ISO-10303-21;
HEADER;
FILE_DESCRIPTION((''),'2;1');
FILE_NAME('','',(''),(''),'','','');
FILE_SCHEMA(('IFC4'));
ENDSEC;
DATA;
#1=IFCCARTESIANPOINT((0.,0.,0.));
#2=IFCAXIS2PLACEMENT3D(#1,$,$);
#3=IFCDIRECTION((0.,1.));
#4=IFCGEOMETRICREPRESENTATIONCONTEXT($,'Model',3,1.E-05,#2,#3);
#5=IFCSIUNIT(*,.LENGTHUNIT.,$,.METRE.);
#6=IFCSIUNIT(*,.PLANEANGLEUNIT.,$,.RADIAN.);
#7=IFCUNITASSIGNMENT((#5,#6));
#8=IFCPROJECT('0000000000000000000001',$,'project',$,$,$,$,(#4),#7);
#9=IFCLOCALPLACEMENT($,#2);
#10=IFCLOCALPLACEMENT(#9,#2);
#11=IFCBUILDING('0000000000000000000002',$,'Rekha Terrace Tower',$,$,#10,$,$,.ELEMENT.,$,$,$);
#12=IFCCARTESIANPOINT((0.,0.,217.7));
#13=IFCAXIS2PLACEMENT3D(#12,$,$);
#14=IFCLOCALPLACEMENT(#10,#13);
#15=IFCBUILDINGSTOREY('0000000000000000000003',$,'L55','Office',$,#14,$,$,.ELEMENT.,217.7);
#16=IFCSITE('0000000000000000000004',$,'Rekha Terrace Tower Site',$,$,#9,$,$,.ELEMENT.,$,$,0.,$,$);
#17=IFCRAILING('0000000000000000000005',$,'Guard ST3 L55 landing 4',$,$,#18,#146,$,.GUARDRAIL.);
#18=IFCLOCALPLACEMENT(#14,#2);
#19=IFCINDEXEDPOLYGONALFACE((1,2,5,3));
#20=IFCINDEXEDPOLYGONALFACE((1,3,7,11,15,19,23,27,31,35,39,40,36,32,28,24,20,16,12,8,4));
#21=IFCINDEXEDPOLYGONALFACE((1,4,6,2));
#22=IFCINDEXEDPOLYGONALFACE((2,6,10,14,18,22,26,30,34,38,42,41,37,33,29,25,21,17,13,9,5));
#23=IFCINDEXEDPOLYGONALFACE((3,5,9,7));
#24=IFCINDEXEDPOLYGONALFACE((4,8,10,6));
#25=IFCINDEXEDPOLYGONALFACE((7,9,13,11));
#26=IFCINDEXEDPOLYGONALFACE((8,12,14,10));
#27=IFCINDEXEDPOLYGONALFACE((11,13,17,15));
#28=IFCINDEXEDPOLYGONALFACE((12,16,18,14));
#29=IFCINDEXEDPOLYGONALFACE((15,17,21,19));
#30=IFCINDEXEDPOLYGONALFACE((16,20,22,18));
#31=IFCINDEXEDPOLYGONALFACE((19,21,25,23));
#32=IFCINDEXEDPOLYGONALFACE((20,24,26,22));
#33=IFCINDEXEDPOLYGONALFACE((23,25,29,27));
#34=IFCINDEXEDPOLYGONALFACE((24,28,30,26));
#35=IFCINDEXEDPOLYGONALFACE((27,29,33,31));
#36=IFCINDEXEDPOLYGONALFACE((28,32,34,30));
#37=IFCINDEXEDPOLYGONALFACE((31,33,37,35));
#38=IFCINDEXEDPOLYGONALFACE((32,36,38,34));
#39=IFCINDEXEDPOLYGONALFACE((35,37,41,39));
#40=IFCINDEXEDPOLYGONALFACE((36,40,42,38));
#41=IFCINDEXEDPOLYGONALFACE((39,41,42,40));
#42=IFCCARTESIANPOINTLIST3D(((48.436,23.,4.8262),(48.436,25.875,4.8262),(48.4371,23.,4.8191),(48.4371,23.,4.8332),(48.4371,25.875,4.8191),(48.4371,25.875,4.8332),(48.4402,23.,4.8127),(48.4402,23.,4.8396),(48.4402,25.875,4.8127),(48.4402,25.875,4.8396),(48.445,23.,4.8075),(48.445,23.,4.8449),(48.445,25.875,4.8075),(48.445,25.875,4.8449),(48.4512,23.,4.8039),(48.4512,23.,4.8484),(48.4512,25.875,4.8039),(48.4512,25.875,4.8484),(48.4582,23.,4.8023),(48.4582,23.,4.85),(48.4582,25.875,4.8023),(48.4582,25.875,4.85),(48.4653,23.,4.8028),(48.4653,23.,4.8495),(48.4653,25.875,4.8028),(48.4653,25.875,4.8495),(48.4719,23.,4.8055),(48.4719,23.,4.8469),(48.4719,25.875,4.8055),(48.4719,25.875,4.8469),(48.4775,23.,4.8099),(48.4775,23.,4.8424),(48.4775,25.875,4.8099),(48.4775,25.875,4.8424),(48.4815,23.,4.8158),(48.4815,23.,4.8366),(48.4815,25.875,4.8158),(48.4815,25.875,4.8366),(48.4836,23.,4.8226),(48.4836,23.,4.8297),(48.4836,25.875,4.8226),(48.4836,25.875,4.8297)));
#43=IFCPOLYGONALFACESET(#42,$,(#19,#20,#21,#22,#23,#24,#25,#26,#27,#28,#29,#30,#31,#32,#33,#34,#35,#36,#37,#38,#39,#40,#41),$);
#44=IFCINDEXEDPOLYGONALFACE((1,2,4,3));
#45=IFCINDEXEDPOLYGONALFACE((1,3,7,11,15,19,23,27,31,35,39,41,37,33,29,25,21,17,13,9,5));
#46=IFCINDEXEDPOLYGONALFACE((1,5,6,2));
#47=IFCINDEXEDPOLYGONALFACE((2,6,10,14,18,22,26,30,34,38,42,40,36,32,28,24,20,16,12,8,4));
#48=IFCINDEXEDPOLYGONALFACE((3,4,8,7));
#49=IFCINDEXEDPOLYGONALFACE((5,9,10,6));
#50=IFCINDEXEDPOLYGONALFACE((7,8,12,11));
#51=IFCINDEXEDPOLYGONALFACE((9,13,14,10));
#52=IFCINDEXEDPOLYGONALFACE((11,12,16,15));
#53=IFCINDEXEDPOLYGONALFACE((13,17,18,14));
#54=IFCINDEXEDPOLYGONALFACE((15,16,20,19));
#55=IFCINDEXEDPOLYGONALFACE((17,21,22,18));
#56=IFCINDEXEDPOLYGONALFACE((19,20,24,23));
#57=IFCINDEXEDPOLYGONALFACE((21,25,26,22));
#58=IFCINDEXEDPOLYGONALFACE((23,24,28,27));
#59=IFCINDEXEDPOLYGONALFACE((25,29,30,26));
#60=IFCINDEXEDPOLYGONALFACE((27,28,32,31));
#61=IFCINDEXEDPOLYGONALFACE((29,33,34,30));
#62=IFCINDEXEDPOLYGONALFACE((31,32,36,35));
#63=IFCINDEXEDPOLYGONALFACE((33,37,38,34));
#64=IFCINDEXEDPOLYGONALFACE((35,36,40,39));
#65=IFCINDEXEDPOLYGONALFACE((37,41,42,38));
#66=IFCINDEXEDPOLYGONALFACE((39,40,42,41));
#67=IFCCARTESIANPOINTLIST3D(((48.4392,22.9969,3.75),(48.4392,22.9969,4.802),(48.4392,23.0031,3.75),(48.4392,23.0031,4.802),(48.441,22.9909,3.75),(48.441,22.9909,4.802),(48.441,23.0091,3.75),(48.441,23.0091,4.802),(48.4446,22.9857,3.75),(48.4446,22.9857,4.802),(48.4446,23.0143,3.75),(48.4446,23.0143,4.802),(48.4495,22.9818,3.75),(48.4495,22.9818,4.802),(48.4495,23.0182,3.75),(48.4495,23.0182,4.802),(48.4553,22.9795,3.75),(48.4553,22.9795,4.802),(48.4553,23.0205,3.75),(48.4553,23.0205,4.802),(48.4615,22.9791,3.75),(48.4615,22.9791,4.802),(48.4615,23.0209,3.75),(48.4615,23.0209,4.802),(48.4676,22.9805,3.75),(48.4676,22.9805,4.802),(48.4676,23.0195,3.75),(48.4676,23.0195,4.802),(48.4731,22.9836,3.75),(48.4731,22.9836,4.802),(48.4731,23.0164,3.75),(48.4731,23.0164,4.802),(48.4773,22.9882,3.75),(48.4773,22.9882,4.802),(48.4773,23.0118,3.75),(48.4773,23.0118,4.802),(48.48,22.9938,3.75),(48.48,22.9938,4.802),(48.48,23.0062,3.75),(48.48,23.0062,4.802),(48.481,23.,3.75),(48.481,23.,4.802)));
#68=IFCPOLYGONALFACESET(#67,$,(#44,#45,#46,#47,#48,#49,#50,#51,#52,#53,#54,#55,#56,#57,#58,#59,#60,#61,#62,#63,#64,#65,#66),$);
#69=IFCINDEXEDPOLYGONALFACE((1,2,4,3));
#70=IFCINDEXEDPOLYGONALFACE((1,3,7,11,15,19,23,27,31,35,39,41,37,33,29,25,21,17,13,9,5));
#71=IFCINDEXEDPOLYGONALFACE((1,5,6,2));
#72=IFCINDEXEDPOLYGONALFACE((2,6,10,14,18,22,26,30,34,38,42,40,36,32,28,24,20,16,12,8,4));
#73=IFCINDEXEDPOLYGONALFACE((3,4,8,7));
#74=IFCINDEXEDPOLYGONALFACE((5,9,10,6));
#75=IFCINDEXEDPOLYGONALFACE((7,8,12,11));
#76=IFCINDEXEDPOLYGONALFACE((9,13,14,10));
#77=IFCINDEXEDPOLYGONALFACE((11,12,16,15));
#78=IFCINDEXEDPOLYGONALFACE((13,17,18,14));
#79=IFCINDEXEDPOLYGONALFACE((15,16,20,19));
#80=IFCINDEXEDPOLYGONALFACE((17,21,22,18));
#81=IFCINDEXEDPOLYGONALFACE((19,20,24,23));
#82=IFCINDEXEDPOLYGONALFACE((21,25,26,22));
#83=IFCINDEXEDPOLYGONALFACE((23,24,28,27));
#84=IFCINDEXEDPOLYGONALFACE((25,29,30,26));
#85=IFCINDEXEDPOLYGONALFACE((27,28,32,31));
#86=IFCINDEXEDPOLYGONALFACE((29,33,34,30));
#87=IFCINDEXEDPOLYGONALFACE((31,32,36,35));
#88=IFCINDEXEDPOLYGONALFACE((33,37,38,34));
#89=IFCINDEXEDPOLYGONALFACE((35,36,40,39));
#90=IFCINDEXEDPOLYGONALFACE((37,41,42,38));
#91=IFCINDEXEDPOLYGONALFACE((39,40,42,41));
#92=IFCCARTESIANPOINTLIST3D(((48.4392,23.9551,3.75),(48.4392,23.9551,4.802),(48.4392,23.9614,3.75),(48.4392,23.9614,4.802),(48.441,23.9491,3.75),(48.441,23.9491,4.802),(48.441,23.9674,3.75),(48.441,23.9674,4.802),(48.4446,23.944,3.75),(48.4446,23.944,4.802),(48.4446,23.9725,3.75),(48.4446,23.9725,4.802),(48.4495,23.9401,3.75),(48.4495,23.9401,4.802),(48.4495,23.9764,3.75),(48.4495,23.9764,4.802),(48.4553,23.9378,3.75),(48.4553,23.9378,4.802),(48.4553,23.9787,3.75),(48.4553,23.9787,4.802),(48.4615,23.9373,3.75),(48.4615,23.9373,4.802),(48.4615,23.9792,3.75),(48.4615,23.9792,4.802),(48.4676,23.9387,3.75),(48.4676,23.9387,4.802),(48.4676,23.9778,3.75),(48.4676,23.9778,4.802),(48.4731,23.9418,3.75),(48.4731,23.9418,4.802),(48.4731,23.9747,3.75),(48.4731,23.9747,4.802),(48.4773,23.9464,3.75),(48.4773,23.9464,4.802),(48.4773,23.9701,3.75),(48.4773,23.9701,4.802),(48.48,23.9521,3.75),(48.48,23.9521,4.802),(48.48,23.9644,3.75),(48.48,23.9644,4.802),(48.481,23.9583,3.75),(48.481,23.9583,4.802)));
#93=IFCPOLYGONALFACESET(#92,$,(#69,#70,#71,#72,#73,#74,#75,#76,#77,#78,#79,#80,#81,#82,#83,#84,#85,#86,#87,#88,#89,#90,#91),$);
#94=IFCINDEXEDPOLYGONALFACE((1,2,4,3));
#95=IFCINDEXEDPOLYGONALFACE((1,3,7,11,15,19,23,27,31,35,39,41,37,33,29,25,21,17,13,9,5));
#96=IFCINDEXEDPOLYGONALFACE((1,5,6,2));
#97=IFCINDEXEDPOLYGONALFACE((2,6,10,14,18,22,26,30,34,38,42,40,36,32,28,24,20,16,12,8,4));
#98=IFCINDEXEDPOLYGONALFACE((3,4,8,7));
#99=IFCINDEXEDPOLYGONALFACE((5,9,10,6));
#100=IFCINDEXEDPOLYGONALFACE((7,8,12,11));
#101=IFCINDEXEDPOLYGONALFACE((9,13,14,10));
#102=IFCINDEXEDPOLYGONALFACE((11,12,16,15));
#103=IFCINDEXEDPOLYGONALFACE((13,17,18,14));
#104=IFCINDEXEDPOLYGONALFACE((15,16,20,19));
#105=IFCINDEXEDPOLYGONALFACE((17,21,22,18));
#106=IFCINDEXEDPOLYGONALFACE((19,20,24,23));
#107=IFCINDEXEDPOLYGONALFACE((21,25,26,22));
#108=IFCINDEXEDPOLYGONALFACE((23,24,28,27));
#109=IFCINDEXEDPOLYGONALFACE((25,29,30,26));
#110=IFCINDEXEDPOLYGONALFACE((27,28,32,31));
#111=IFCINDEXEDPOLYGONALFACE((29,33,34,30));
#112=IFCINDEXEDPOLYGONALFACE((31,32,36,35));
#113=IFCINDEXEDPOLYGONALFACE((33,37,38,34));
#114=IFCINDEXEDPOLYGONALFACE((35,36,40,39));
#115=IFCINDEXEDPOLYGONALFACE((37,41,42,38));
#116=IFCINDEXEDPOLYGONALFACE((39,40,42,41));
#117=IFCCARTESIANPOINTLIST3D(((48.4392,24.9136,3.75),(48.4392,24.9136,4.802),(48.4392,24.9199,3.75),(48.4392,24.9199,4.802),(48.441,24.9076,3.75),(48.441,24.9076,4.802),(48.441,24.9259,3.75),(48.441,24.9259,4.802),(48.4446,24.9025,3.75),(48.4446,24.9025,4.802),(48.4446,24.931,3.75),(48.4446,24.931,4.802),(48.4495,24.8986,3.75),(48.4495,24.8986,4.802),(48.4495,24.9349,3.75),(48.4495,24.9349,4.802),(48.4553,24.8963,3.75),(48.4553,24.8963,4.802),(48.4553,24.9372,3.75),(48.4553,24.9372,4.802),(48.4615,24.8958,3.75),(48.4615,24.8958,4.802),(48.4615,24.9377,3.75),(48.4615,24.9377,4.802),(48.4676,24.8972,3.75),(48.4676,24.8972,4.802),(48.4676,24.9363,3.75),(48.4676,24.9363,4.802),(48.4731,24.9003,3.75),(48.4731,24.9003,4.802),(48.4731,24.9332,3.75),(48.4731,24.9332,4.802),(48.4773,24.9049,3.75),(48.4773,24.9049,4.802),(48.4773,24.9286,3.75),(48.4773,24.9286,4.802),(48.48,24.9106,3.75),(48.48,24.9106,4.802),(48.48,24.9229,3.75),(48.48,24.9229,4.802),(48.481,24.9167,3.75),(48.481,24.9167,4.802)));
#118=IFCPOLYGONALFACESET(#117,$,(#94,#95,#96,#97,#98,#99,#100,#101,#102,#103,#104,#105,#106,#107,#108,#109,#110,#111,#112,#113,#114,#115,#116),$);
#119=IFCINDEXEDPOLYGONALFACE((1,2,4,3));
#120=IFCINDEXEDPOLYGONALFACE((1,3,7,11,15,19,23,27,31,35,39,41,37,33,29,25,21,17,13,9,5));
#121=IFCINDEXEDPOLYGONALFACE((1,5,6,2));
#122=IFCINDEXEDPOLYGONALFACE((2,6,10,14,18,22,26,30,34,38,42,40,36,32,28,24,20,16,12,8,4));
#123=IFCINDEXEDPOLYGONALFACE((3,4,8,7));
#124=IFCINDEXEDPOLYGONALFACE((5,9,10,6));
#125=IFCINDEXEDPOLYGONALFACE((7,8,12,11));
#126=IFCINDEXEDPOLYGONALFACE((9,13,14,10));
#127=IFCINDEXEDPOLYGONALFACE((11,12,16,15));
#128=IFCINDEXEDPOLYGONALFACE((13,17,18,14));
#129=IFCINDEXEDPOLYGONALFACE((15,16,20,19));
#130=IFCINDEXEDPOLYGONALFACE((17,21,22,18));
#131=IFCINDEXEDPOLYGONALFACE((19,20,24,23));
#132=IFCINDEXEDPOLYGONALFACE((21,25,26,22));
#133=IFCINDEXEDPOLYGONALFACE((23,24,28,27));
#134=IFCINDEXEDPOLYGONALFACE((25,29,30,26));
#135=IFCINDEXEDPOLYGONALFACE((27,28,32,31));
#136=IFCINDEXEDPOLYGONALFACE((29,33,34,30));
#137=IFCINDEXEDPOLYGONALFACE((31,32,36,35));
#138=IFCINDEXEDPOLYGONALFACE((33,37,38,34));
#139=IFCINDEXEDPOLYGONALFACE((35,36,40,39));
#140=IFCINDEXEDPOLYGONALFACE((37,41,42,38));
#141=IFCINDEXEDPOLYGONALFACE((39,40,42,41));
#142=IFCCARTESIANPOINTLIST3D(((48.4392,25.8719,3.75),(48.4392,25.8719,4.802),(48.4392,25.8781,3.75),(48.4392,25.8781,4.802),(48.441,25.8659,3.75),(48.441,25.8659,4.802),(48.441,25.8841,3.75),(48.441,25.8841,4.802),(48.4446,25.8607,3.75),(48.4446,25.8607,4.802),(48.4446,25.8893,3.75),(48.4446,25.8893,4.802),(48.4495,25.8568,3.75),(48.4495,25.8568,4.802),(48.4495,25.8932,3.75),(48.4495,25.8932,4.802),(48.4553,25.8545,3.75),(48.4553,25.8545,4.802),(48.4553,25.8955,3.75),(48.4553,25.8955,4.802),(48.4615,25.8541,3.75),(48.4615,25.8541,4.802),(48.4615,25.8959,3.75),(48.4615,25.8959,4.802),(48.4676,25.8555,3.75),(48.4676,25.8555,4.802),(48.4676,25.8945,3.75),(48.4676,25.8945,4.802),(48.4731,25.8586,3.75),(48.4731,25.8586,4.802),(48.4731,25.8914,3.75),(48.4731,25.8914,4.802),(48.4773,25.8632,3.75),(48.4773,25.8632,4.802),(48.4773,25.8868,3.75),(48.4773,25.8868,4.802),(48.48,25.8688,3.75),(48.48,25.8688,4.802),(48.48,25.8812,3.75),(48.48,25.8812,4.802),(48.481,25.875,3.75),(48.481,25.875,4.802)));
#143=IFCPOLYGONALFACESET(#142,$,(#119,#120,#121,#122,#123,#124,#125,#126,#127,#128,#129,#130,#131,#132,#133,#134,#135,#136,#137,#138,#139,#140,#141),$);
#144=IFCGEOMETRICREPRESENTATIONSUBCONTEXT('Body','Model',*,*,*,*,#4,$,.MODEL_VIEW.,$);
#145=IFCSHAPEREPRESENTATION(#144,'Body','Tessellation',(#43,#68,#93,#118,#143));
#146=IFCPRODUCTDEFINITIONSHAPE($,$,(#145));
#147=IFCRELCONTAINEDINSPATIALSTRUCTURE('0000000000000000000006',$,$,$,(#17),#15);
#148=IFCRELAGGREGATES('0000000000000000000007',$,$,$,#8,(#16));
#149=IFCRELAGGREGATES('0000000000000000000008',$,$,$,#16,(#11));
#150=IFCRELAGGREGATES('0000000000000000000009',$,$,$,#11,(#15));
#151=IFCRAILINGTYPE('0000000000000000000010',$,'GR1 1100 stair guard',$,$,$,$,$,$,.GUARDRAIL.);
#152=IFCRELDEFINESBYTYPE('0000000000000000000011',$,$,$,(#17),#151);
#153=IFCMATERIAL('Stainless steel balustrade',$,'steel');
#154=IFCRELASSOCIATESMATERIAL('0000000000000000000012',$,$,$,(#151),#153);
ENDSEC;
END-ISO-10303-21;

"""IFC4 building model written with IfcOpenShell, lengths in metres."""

from ifc_helpers import new_model, si_unit, direction, frame, origin, origin_2d, place, context, subcontext, project, spatial, circle, extrude, material, type_object, element, save


model = new_model("IFC4")

# Units and contexts
model_context = context("Model", 3, precision=1e-05, world=origin(), true_north=direction((0.0, 1.0)))
body_context = subcontext(model_context, "Body", "Model", "MODEL_VIEW")
ifc_project = project(units=[si_unit("LENGTHUNIT", "METRE"), si_unit("PLANEANGLEUNIT", "RADIAN")], contexts=[model_context])

# Site, building, storey
site_placement = place(None, origin())
site = spatial("IfcSite", under=ifc_project, at=site_placement, Name="Rekha Terrace Tower Site", CompositionType="ELEMENT", RefElevation=0.0)
building_placement = place(site_placement, origin())
building = spatial("IfcBuilding", under=site, at=building_placement, Name="Rekha Terrace Tower", CompositionType="ELEMENT")
storey_placement = place(building_placement, frame((0.0, 0.0, 217.7)))
storey = spatial("IfcBuildingStorey", under=building, at=storey_placement, Name="L55", Description="Office", CompositionType="ELEMENT", Elevation=217.7)

# Railing
ifc_material_1 = material(Name="Stainless steel balustrade", Category="steel")
railing_type_1 = type_object("IfcRailingType", Name="GR1 1100 stair guard", PredefinedType="GUARDRAIL", material=ifc_material_1)
railing_1_placement = place(storey_placement, frame((48.46, 23.0, 3.75)))
element("IfcRailing", 1, at=railing_1_placement, inside=storey, type_object=railing_type_1, Name="Guard ST3 L55 landing 4", PredefinedType="GUARDRAIL", context=body_context, shape_type="SweptSolid", body=[
    extrude(circle(Radius=0.0239, at=origin_2d()), frame((0.0, 0.0, 1.0762), z_axis=(0.0, 1.0, 0.0), x_axis=(-1.0, 0.0, 0.0)), (0.0, 0.0, 1.0), 2.875),
    extrude(circle(Radius=0.021, at=origin_2d()), origin(), (0.0, 0.0, 1.0), 1.052),
    extrude(circle(Radius=0.021, at=origin_2d()), frame((0.0, 0.9583, 0.0)), (0.0, 0.0, 1.0), 1.052),
    extrude(circle(Radius=0.021, at=origin_2d()), frame((0.0, 1.9167, 0.0)), (0.0, 0.0, 1.0), 1.052),
    extrude(circle(Radius=0.021, at=origin_2d()), frame((0.0, 2.875, 0.0)), (0.0, 0.0, 1.0), 1.052),
])

save(model, "model.ifc")
